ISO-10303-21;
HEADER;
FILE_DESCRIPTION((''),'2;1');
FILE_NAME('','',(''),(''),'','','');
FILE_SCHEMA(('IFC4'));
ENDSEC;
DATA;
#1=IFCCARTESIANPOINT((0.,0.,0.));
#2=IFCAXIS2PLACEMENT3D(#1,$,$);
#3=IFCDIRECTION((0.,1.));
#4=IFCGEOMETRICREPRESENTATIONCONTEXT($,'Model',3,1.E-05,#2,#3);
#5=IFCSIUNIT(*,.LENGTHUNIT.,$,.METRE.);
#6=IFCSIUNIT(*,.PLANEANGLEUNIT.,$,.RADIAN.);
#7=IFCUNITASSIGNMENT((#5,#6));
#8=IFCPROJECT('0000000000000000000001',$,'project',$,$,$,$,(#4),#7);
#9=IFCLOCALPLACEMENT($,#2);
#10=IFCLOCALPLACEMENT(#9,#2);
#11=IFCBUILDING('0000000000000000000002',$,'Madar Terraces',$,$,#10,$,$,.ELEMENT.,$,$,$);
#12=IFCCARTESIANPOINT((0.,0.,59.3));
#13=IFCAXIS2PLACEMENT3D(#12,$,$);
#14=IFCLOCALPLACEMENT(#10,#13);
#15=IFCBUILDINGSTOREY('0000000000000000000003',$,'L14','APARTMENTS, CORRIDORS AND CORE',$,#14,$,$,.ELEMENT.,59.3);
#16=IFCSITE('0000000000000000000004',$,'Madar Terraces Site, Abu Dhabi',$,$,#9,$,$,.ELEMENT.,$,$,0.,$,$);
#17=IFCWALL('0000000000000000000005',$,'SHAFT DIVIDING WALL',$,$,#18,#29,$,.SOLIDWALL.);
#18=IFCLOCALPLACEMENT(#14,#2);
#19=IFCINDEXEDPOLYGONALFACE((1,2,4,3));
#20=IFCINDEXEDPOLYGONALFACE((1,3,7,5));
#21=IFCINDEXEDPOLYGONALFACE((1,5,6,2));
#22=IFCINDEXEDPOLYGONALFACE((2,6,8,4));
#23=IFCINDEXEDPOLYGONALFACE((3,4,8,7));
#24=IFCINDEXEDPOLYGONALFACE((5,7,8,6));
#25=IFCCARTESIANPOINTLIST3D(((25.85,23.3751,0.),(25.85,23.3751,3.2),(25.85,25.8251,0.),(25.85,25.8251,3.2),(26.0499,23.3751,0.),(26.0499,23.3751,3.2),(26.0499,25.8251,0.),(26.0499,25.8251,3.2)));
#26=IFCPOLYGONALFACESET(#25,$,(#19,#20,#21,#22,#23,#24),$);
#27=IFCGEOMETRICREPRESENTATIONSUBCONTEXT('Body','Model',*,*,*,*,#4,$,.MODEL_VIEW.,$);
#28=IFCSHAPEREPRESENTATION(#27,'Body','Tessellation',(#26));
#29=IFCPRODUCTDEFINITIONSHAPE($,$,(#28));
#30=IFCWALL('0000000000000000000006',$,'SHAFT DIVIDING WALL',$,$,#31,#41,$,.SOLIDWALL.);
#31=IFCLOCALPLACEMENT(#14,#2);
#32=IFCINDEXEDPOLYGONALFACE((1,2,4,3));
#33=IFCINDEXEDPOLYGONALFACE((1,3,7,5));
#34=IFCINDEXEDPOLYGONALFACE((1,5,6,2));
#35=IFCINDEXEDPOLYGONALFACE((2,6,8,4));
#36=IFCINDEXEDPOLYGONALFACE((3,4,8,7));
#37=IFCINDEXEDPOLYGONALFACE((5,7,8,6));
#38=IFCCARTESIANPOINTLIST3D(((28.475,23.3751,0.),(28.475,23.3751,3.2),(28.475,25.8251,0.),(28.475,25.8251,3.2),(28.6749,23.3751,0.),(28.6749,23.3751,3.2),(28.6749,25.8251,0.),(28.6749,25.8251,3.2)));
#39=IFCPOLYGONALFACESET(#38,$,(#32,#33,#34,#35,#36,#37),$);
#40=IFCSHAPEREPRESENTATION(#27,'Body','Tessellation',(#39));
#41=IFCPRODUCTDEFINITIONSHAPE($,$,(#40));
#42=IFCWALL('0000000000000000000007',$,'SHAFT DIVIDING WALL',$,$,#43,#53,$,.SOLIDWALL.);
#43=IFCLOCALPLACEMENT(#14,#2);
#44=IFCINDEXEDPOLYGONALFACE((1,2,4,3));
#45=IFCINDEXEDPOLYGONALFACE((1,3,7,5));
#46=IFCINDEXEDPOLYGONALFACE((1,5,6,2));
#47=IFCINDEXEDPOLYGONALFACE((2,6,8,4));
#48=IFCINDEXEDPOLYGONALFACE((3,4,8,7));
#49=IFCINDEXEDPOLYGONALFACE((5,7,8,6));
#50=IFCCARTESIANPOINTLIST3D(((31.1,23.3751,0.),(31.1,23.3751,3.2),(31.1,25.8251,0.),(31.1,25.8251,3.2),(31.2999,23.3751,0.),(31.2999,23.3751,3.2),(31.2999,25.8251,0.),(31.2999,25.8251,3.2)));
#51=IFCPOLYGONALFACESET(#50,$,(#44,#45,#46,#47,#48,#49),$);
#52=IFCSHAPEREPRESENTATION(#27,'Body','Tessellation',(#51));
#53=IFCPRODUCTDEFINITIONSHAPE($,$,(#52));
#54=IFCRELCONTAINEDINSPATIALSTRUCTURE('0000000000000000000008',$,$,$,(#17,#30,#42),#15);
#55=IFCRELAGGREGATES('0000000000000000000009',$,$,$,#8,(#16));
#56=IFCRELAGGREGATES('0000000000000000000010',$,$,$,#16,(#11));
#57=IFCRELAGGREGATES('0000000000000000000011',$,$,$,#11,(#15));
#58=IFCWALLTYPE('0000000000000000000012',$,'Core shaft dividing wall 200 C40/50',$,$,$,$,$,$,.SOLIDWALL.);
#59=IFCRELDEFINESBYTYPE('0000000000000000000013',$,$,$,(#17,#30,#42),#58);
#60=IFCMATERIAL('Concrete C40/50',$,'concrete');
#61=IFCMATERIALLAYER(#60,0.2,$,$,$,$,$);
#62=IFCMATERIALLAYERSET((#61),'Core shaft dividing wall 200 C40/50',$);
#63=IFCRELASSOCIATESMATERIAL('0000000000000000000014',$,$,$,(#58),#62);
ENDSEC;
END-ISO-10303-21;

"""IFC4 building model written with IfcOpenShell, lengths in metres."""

from ifc_helpers import new_model, si_unit, direction, frame, frame_2d, origin, place, context, subcontext, project, spatial, rectangle, extrude, material, layer, layer_set, type_object, element, save


model = new_model("IFC4")

# Units and contexts
model_context = context("Model", 3, precision=1e-05, world=origin(), true_north=direction((0.0, 1.0)))
body_context = subcontext(model_context, "Body", "Model", "MODEL_VIEW")
ifc_project = project(units=[si_unit("LENGTHUNIT", "METRE"), si_unit("PLANEANGLEUNIT", "RADIAN")], contexts=[model_context])

# Site, building, storey
site_placement = place(None, origin())
site = spatial("IfcSite", under=ifc_project, at=site_placement, Name="Madar Terraces Site, Abu Dhabi", CompositionType="ELEMENT", RefElevation=0.0)
building_placement = place(site_placement, origin())
building = spatial("IfcBuilding", under=site, at=building_placement, Name="Madar Terraces", CompositionType="ELEMENT")
storey_placement = place(building_placement, frame((0.0, 0.0, 59.3)))
storey = spatial("IfcBuildingStorey", under=building, at=storey_placement, Name="L14", Description="APARTMENTS, CORRIDORS AND CORE", CompositionType="ELEMENT", Elevation=59.3)

# Walls
ifc_material_1 = material(Name="Concrete C40/50", Category="concrete")
ifc_layer_1 = layer(ifc_material_1, 0.2)
ifc_layer_set_1 = layer_set([ifc_layer_1], Name="Core shaft dividing wall 200 C40/50")
wall_type_1 = type_object("IfcWallType", Name="Core shaft dividing wall 200 C40/50", PredefinedType="SOLIDWALL", material=ifc_layer_set_1)
for number, where, z_axis, x_axis, name in (
    (1, (25.95, 23.375, 0.0), (0.0, 0.0, 1.0), (0.0, 1.0, 0.0), "SHAFT DIVIDING WALL"),
    (2, (28.575, 23.375, 0.0), (0.0, 0.0, 1.0), (0.0, 1.0, 0.0), "SHAFT DIVIDING WALL"),
    (3, (31.2, 23.375, 0.0), (0.0, 0.0, 1.0), (0.0, 1.0, 0.0), "SHAFT DIVIDING WALL"),
):
    element("IfcWall", number, at=place(storey_placement, frame(where, z_axis=z_axis, x_axis=x_axis)), inside=storey, type_object=wall_type_1, Name=name, PredefinedType="SOLIDWALL", context=body_context, shape_type="SweptSolid", body=[
        extrude(rectangle(XDim=2.45, YDim=0.2, at=frame_2d((1.2251, 0.0))), origin(), (0.0, 0.0, 1.0), 3.2),
    ])

save(model, "model.ifc")
